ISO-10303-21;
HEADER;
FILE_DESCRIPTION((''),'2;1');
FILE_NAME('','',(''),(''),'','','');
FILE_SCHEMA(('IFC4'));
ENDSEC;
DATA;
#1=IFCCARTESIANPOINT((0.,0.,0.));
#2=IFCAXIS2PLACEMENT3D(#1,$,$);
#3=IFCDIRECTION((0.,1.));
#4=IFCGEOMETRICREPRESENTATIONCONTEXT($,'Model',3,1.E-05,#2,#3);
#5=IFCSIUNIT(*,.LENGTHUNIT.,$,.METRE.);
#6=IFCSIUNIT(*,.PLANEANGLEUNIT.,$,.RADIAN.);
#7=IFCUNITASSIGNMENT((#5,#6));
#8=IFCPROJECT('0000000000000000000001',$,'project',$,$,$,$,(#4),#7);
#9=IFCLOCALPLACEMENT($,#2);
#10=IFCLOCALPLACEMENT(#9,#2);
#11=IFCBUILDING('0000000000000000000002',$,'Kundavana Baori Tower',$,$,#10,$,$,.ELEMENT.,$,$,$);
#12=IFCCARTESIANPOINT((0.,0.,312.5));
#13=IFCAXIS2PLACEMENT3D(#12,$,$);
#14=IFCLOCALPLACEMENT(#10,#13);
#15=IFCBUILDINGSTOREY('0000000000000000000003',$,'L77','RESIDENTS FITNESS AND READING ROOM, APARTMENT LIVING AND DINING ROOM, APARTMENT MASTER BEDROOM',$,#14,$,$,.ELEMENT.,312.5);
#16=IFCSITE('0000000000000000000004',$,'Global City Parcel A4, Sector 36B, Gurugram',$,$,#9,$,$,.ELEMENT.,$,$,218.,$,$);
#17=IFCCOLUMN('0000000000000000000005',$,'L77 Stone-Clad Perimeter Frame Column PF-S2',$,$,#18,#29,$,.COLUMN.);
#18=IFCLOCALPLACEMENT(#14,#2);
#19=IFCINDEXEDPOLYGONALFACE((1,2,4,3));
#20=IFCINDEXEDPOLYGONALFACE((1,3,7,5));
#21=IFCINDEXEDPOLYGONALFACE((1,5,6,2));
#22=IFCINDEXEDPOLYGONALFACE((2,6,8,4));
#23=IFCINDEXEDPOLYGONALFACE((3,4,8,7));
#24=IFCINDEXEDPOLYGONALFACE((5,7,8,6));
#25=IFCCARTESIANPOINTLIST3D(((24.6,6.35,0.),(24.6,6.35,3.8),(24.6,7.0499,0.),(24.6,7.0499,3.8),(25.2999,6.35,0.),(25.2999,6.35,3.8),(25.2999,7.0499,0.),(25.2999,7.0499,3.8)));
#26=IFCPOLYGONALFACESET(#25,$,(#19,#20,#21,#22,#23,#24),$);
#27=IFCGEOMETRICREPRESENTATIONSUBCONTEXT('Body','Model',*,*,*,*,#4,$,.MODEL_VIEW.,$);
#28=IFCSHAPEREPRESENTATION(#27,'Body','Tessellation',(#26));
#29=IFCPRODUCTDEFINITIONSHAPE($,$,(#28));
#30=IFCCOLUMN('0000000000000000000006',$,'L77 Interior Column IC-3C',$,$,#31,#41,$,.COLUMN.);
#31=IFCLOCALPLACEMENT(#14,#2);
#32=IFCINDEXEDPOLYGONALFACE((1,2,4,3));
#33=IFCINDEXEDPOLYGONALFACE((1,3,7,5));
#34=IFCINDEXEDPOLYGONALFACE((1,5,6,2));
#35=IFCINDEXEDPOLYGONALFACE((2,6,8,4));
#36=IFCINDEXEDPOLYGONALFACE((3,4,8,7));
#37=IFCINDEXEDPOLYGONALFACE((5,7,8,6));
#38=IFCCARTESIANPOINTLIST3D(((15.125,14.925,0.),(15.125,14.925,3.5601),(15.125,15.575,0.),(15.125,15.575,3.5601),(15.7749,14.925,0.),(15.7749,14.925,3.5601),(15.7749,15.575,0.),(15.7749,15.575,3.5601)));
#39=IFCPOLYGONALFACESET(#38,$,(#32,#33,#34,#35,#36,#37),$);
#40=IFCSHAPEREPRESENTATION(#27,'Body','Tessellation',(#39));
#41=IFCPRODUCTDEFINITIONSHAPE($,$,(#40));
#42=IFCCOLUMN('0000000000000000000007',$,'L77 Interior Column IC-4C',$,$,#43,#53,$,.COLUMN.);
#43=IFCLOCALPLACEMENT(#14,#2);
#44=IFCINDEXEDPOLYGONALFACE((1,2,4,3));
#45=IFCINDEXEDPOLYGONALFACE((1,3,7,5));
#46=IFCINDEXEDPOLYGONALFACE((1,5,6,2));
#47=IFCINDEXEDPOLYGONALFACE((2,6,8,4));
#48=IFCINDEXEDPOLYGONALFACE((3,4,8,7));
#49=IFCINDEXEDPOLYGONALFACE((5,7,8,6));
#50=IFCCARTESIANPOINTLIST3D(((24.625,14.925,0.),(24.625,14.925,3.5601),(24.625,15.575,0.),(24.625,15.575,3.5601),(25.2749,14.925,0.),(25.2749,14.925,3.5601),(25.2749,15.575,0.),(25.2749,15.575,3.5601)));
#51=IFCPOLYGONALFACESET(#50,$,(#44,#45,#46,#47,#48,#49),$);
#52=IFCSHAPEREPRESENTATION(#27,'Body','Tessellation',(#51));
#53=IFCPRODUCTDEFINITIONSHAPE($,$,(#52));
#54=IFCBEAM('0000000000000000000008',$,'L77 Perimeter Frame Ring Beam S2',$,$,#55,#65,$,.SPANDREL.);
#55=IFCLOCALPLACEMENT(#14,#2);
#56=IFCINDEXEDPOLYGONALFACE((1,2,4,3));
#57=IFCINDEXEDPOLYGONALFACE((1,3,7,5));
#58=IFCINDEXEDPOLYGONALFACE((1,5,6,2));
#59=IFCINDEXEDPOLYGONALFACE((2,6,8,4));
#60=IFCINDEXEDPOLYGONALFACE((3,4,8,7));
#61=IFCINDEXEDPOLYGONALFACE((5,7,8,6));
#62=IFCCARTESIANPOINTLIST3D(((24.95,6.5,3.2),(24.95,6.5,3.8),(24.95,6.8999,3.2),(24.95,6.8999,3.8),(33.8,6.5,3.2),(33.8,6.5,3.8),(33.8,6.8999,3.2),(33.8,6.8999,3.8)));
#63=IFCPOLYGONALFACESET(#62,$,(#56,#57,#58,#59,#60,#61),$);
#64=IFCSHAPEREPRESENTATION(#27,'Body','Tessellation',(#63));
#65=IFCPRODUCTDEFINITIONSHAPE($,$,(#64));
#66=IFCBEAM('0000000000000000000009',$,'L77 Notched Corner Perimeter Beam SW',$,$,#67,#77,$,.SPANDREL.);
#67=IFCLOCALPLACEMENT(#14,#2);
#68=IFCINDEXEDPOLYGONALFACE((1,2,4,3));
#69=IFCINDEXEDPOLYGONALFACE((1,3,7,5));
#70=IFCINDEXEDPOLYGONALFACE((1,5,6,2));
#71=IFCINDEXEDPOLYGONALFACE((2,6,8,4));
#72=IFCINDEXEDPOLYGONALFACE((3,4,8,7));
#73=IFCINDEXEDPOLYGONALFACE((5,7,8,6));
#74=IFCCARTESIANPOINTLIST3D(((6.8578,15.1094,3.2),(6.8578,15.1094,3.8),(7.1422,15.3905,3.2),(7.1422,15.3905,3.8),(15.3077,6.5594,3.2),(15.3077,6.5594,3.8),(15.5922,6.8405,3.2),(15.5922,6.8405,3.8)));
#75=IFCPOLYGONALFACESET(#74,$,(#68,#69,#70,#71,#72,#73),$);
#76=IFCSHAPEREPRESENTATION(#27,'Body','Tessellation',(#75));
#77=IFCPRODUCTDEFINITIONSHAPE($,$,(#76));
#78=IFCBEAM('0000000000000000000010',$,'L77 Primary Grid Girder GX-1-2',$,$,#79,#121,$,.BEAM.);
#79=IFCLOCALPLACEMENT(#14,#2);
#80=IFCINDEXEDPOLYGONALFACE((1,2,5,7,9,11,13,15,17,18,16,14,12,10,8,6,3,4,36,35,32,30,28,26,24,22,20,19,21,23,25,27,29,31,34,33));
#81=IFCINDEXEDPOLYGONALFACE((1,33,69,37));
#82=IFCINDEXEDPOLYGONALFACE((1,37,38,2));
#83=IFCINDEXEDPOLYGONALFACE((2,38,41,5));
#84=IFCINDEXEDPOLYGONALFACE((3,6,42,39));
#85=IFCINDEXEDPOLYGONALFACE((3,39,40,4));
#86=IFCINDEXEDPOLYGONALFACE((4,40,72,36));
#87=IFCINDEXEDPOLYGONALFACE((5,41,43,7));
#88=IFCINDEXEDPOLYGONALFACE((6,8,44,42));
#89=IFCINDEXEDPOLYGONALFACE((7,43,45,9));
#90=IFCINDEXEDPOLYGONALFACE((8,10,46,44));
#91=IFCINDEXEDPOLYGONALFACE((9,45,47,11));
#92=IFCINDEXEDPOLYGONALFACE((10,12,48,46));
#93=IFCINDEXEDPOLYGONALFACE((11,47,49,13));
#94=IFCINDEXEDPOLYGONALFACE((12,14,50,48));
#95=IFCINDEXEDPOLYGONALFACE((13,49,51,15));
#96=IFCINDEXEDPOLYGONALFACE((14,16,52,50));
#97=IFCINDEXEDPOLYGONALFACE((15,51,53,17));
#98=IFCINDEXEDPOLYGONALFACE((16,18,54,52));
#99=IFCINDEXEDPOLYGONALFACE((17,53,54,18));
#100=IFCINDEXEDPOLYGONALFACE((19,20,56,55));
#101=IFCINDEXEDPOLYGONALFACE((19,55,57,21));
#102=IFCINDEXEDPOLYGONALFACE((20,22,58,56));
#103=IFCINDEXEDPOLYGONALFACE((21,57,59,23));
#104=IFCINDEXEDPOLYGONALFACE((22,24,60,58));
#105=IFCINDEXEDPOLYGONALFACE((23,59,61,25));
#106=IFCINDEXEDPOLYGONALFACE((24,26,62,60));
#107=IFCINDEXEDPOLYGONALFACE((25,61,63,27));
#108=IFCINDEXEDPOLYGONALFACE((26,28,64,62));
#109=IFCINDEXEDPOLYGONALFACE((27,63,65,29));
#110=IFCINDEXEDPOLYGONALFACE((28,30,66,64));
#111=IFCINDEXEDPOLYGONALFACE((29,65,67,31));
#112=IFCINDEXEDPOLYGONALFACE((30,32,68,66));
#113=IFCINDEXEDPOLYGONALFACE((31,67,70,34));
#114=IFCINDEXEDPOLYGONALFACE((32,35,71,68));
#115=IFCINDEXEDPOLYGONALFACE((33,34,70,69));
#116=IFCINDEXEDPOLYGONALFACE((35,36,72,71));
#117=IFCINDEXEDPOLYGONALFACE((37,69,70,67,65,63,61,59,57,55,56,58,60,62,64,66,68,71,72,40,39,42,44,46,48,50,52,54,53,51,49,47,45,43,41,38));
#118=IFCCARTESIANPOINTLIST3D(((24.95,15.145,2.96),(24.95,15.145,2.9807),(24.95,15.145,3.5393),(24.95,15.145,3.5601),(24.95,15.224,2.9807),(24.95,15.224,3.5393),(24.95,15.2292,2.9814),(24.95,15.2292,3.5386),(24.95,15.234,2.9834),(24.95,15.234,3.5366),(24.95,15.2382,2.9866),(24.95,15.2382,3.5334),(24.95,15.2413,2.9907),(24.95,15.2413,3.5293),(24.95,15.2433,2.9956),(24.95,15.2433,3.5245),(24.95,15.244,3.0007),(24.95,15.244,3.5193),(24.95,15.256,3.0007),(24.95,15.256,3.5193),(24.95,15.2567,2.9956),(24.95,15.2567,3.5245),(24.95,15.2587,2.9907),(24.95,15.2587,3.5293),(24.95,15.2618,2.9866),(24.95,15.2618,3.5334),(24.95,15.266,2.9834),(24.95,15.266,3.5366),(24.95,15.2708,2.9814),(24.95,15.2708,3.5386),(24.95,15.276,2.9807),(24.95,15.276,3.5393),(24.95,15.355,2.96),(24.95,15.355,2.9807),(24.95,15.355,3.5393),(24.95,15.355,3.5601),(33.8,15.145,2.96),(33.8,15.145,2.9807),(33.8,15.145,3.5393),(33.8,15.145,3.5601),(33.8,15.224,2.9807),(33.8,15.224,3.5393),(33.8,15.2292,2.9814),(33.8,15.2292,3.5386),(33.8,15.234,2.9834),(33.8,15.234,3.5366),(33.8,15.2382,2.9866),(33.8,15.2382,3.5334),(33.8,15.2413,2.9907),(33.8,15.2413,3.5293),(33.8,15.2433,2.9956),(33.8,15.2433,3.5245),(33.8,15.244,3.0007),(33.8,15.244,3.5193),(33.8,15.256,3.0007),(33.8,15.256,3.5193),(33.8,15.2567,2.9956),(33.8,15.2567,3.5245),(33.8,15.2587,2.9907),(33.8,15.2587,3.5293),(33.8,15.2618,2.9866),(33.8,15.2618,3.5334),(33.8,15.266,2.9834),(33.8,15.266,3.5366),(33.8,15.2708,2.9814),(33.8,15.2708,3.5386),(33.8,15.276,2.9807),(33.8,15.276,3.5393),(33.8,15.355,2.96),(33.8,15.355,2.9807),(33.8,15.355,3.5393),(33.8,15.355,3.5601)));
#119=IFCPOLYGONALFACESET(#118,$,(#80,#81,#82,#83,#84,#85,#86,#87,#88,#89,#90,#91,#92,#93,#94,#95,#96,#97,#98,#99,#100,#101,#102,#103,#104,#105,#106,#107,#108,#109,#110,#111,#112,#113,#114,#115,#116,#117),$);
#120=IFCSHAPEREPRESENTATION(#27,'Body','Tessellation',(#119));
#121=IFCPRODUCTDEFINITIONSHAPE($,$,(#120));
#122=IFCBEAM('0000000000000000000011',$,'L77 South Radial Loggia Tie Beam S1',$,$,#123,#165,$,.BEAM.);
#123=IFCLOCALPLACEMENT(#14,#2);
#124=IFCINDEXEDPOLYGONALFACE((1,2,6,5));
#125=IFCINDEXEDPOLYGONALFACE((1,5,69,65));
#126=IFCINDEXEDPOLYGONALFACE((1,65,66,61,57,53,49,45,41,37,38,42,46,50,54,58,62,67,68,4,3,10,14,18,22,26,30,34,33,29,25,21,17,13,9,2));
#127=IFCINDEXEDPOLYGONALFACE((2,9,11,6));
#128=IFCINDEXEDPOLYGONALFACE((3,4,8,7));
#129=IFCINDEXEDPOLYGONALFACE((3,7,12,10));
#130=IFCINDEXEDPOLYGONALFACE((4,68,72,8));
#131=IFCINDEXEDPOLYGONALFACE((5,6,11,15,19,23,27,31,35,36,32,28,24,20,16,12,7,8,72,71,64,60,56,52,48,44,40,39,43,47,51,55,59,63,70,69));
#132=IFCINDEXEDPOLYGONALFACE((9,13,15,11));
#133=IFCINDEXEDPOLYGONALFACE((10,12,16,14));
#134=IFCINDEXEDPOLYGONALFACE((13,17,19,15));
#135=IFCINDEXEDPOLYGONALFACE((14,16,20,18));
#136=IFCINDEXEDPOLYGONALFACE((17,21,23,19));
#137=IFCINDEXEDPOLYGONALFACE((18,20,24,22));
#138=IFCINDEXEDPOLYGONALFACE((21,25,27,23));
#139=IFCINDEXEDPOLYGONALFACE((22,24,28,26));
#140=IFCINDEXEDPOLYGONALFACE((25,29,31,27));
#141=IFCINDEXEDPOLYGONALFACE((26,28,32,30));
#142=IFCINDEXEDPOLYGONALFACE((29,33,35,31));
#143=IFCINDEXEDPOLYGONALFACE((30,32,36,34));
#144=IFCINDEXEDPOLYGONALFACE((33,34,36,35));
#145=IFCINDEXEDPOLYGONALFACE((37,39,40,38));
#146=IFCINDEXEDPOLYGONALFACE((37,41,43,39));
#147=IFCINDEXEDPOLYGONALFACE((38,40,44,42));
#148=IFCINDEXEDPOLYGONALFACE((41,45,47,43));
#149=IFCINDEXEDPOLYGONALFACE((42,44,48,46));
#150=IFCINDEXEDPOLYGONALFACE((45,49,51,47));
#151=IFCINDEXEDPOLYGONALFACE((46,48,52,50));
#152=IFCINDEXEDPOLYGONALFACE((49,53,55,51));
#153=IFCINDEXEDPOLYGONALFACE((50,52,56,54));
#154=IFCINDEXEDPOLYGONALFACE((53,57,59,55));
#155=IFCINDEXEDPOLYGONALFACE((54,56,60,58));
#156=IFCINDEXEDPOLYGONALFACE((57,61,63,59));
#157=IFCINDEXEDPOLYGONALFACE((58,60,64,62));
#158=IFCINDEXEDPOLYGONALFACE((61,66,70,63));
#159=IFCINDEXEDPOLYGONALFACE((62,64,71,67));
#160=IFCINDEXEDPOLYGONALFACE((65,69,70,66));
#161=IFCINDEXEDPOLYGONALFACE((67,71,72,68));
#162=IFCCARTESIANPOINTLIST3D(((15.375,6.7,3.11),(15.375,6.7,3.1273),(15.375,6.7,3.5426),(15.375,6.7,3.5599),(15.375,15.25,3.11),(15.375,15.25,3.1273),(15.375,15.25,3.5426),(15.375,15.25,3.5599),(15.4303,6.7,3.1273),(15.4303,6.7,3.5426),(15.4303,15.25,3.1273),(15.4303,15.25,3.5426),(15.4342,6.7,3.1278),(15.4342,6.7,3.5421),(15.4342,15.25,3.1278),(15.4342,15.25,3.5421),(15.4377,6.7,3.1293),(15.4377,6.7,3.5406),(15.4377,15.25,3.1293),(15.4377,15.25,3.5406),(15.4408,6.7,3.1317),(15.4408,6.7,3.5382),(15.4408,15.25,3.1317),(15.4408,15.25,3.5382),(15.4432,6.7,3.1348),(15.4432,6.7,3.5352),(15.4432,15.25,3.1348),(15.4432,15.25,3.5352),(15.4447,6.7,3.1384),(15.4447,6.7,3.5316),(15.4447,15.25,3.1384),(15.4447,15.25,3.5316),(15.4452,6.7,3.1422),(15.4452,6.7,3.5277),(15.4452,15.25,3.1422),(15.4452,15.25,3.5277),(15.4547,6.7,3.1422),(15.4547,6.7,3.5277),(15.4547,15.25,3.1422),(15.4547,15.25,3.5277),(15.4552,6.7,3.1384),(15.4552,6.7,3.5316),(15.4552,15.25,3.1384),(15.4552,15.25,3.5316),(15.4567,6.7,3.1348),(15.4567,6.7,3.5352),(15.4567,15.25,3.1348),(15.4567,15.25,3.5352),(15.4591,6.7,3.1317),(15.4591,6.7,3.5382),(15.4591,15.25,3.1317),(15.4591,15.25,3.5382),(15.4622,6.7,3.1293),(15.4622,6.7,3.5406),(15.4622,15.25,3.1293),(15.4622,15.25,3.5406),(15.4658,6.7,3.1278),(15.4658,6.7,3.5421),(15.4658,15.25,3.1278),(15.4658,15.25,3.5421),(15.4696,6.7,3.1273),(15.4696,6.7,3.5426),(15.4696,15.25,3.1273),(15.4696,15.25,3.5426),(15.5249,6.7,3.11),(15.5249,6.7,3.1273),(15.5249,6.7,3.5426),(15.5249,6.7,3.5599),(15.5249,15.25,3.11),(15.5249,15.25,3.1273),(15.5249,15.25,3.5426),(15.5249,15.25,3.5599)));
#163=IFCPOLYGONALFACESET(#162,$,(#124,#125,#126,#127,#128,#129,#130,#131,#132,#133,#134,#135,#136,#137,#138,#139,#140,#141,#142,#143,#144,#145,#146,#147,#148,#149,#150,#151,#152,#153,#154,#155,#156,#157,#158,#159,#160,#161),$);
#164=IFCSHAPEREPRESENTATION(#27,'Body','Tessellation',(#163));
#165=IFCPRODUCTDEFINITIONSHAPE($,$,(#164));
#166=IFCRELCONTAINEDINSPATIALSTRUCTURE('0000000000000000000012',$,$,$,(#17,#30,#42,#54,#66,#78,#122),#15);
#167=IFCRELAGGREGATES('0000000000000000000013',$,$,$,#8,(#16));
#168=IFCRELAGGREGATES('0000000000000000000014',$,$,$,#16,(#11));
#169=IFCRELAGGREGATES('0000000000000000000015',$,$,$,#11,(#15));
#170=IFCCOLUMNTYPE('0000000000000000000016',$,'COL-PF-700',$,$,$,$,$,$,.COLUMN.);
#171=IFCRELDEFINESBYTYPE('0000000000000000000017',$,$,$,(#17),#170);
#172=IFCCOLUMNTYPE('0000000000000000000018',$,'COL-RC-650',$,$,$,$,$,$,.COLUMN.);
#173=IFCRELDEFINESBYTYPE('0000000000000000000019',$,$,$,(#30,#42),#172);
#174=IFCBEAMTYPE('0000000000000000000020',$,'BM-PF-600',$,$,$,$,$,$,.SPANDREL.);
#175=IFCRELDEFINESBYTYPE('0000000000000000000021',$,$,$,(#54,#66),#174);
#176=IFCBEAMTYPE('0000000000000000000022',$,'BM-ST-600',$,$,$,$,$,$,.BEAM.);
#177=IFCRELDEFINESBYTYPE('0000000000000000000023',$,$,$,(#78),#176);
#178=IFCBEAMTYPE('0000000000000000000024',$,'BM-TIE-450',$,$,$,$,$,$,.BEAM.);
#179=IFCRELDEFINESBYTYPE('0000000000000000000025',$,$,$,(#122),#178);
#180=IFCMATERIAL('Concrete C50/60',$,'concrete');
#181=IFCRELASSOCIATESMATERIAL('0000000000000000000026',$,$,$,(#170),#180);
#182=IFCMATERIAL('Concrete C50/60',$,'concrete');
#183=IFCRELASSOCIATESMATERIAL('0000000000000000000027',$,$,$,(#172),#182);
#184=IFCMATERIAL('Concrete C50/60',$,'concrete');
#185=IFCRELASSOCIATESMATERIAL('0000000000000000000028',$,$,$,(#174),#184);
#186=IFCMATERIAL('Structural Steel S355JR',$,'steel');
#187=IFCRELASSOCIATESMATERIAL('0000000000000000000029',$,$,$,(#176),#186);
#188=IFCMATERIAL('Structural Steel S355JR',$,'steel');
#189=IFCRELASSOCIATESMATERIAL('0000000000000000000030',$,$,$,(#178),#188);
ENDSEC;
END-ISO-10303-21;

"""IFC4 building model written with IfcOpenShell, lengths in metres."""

from ifc_helpers import new_model, si_unit, direction, frame, origin, origin_2d, place, context, subcontext, project, spatial, rectangle, i_section, extrude, material, material_profile, profile_set, type_object, element, save


model = new_model("IFC4")

# Units and contexts
model_context = context("Model", 3, precision=1e-05, world=origin(), true_north=direction((0.0, 1.0)))
body_context = subcontext(model_context, "Body", "Model", "MODEL_VIEW")
ifc_project = project(units=[si_unit("LENGTHUNIT", "METRE"), si_unit("PLANEANGLEUNIT", "RADIAN")], contexts=[model_context])

# Site, building, storey
site_placement = place(None, origin())
site = spatial("IfcSite", under=ifc_project, at=site_placement, Name="Global City Parcel A4, Sector 36B, Gurugram", CompositionType="ELEMENT", RefElevation=218.0)
building_placement = place(site_placement, origin())
building = spatial("IfcBuilding", under=site, at=building_placement, Name="Kundavana Baori Tower", CompositionType="ELEMENT")
storey_placement = place(building_placement, frame((0.0, 0.0, 312.5)))
storey = spatial("IfcBuildingStorey", under=building, at=storey_placement, Name="L77", Description="RESIDENTS FITNESS AND READING ROOM, APARTMENT LIVING AND DINING ROOM, APARTMENT MASTER BEDROOM", CompositionType="ELEMENT", Elevation=312.5)

# Columns
ifc_material_1 = material(Name="Concrete C50/60", Category="concrete")
ifc_material_profile_1 = material_profile(ifc_material_1, rectangle(XDim=0.7, YDim=0.7, at=origin_2d()), Name="RC PF 700x700")
ifc_profile_set_1 = profile_set([ifc_material_profile_1], Name="Concrete C50/60")
column_type_1 = type_object("IfcColumnType", Name="COL-PF-700", PredefinedType="COLUMN", material=ifc_profile_set_1)
column_placement = place(storey_placement, frame((24.95, 6.7, 0.0), z_axis=(0.0, 0.0, 1.0), x_axis=(1.0, 0.0, 0.0)))
element("IfcColumn", 1, at=column_placement, inside=storey, type_object=column_type_1, Name="L77 Stone-Clad Perimeter Frame Column PF-S2", PredefinedType="COLUMN", context=body_context, shape_type="SweptSolid", body=[
    extrude(rectangle(XDim=0.7, YDim=0.7, at=origin_2d()), origin(), (0.0, 0.0, 1.0), 3.8),
])
ifc_material_2 = material(Name="Concrete C50/60", Category="concrete")
ifc_material_profile_2 = material_profile(ifc_material_2, rectangle(XDim=0.6499, YDim=0.6499, at=origin_2d()), Name="RC 650x650")
ifc_profile_set_2 = profile_set([ifc_material_profile_2], Name="Concrete C50/60")
column_type_2 = type_object("IfcColumnType", Name="COL-RC-650", PredefinedType="COLUMN", material=ifc_profile_set_2)
for number, where, z_axis, x_axis, name in (
    (2, (15.45, 15.25, 0.0), (0.0, 0.0, 1.0), (1.0, 0.0, 0.0), "L77 Interior Column IC-3C"),
    (3, (24.95, 15.25, 0.0), (0.0, 0.0, 1.0), (1.0, 0.0, 0.0), "L77 Interior Column IC-4C"),
):
    element("IfcColumn", number, at=place(storey_placement, frame(where, z_axis=z_axis, x_axis=x_axis)), inside=storey, type_object=column_type_2, Name=name, PredefinedType="COLUMN", context=body_context, shape_type="SweptSolid", body=[
        extrude(rectangle(XDim=0.6499, YDim=0.6499, at=origin_2d()), origin(), (0.0, 0.0, 1.0), 3.5601),
    ])

# Beams
ifc_material_3 = material(Name="Concrete C50/60", Category="concrete")
ifc_material_profile_3 = material_profile(ifc_material_3, rectangle(XDim=0.3999, YDim=0.6001, at=origin_2d()), Name="RC BM 400x600")
ifc_profile_set_3 = profile_set([ifc_material_profile_3], Name="Concrete C50/60")
beam_type_1 = type_object("IfcBeamType", Name="BM-PF-600", PredefinedType="SPANDREL", material=ifc_profile_set_3)
beam_1_placement = place(storey_placement, frame((24.95, 6.7, 3.5), z_axis=(1.0, 0.0, 0.0), x_axis=(0.0, 1.0, 0.0)))
element("IfcBeam", 4, at=beam_1_placement, inside=storey, type_object=beam_type_1, Name="L77 Perimeter Frame Ring Beam S2", PredefinedType="SPANDREL", context=body_context, shape_type="SweptSolid", body=[
    extrude(rectangle(XDim=0.3999, YDim=0.6001, at=origin_2d()), origin(), (0.0, 0.0, 1.0), 8.8501),
])
beam_2_placement = place(storey_placement, frame((15.45, 6.7, 3.5), z_axis=(-0.702931, 0.711258, 0.0), x_axis=(-0.711258, -0.702931, 0.0)))
element("IfcBeam", 5, at=beam_2_placement, inside=storey, type_object=beam_type_1, Name="L77 Notched Corner Perimeter Beam SW", PredefinedType="SPANDREL", context=body_context, shape_type="SweptSolid", body=[
    extrude(rectangle(XDim=0.3999, YDim=0.6001, at=origin_2d()), origin(), (0.0, 0.0, 1.0), 12.021),
])
ifc_material_4 = material(Name="Structural Steel S355JR", Category="steel")
ifc_material_profile_4 = material_profile(ifc_material_4, i_section(OverallWidth=0.21, OverallDepth=0.6001, WebThickness=0.012, FlangeThickness=0.0208, FilletRadius=0.02, at=origin_2d()), Name="ISMB 600")
ifc_profile_set_4 = profile_set([ifc_material_profile_4], Name="Structural Steel S355JR")
beam_type_2 = type_object("IfcBeamType", Name="BM-ST-600", PredefinedType="BEAM", material=ifc_profile_set_4)
beam_3_placement = place(storey_placement, frame((24.95, 15.25, 3.26), z_axis=(1.0, 0.0, 0.0), x_axis=(0.0, 1.0, 0.0)))
element("IfcBeam", 6, at=beam_3_placement, inside=storey, type_object=beam_type_2, Name="L77 Primary Grid Girder GX-1-2", PredefinedType="BEAM", context=body_context, shape_type="SweptSolid", body=[
    extrude(i_section(OverallWidth=0.21, OverallDepth=0.6001, WebThickness=0.012, FlangeThickness=0.0208, FilletRadius=0.02, at=origin_2d()), origin(), (0.0, 0.0, 1.0), 8.8501),
])
ifc_material_5 = material(Name="Structural Steel S355JR", Category="steel")
ifc_material_profile_5 = material_profile(ifc_material_5, i_section(OverallWidth=0.1499, OverallDepth=0.45, WebThickness=0.0095, FlangeThickness=0.0173, FilletRadius=0.0149, at=origin_2d()), Name="ISMB 450")
ifc_profile_set_5 = profile_set([ifc_material_profile_5], Name="Structural Steel S355JR")
beam_type_3 = type_object("IfcBeamType", Name="BM-TIE-450", PredefinedType="BEAM", material=ifc_profile_set_5)
for number, where, z_axis, x_axis, name in (
    (7, (15.45, 15.25, 3.335), (0.0, -1.0, 0.0), (1.0, 0.0, 0.0), "L77 South Radial Loggia Tie Beam S1"),
):
    element("IfcBeam", number, at=place(storey_placement, frame(where, z_axis=z_axis, x_axis=x_axis)), inside=storey, type_object=beam_type_3, Name=name, PredefinedType="BEAM", context=body_context, shape_type="SweptSolid", body=[
        extrude(i_section(OverallWidth=0.1499, OverallDepth=0.45, WebThickness=0.0095, FlangeThickness=0.0173, FilletRadius=0.0149, at=origin_2d()), origin(), (0.0, 0.0, 1.0), 8.55),
    ])

save(model, "model.ifc")
